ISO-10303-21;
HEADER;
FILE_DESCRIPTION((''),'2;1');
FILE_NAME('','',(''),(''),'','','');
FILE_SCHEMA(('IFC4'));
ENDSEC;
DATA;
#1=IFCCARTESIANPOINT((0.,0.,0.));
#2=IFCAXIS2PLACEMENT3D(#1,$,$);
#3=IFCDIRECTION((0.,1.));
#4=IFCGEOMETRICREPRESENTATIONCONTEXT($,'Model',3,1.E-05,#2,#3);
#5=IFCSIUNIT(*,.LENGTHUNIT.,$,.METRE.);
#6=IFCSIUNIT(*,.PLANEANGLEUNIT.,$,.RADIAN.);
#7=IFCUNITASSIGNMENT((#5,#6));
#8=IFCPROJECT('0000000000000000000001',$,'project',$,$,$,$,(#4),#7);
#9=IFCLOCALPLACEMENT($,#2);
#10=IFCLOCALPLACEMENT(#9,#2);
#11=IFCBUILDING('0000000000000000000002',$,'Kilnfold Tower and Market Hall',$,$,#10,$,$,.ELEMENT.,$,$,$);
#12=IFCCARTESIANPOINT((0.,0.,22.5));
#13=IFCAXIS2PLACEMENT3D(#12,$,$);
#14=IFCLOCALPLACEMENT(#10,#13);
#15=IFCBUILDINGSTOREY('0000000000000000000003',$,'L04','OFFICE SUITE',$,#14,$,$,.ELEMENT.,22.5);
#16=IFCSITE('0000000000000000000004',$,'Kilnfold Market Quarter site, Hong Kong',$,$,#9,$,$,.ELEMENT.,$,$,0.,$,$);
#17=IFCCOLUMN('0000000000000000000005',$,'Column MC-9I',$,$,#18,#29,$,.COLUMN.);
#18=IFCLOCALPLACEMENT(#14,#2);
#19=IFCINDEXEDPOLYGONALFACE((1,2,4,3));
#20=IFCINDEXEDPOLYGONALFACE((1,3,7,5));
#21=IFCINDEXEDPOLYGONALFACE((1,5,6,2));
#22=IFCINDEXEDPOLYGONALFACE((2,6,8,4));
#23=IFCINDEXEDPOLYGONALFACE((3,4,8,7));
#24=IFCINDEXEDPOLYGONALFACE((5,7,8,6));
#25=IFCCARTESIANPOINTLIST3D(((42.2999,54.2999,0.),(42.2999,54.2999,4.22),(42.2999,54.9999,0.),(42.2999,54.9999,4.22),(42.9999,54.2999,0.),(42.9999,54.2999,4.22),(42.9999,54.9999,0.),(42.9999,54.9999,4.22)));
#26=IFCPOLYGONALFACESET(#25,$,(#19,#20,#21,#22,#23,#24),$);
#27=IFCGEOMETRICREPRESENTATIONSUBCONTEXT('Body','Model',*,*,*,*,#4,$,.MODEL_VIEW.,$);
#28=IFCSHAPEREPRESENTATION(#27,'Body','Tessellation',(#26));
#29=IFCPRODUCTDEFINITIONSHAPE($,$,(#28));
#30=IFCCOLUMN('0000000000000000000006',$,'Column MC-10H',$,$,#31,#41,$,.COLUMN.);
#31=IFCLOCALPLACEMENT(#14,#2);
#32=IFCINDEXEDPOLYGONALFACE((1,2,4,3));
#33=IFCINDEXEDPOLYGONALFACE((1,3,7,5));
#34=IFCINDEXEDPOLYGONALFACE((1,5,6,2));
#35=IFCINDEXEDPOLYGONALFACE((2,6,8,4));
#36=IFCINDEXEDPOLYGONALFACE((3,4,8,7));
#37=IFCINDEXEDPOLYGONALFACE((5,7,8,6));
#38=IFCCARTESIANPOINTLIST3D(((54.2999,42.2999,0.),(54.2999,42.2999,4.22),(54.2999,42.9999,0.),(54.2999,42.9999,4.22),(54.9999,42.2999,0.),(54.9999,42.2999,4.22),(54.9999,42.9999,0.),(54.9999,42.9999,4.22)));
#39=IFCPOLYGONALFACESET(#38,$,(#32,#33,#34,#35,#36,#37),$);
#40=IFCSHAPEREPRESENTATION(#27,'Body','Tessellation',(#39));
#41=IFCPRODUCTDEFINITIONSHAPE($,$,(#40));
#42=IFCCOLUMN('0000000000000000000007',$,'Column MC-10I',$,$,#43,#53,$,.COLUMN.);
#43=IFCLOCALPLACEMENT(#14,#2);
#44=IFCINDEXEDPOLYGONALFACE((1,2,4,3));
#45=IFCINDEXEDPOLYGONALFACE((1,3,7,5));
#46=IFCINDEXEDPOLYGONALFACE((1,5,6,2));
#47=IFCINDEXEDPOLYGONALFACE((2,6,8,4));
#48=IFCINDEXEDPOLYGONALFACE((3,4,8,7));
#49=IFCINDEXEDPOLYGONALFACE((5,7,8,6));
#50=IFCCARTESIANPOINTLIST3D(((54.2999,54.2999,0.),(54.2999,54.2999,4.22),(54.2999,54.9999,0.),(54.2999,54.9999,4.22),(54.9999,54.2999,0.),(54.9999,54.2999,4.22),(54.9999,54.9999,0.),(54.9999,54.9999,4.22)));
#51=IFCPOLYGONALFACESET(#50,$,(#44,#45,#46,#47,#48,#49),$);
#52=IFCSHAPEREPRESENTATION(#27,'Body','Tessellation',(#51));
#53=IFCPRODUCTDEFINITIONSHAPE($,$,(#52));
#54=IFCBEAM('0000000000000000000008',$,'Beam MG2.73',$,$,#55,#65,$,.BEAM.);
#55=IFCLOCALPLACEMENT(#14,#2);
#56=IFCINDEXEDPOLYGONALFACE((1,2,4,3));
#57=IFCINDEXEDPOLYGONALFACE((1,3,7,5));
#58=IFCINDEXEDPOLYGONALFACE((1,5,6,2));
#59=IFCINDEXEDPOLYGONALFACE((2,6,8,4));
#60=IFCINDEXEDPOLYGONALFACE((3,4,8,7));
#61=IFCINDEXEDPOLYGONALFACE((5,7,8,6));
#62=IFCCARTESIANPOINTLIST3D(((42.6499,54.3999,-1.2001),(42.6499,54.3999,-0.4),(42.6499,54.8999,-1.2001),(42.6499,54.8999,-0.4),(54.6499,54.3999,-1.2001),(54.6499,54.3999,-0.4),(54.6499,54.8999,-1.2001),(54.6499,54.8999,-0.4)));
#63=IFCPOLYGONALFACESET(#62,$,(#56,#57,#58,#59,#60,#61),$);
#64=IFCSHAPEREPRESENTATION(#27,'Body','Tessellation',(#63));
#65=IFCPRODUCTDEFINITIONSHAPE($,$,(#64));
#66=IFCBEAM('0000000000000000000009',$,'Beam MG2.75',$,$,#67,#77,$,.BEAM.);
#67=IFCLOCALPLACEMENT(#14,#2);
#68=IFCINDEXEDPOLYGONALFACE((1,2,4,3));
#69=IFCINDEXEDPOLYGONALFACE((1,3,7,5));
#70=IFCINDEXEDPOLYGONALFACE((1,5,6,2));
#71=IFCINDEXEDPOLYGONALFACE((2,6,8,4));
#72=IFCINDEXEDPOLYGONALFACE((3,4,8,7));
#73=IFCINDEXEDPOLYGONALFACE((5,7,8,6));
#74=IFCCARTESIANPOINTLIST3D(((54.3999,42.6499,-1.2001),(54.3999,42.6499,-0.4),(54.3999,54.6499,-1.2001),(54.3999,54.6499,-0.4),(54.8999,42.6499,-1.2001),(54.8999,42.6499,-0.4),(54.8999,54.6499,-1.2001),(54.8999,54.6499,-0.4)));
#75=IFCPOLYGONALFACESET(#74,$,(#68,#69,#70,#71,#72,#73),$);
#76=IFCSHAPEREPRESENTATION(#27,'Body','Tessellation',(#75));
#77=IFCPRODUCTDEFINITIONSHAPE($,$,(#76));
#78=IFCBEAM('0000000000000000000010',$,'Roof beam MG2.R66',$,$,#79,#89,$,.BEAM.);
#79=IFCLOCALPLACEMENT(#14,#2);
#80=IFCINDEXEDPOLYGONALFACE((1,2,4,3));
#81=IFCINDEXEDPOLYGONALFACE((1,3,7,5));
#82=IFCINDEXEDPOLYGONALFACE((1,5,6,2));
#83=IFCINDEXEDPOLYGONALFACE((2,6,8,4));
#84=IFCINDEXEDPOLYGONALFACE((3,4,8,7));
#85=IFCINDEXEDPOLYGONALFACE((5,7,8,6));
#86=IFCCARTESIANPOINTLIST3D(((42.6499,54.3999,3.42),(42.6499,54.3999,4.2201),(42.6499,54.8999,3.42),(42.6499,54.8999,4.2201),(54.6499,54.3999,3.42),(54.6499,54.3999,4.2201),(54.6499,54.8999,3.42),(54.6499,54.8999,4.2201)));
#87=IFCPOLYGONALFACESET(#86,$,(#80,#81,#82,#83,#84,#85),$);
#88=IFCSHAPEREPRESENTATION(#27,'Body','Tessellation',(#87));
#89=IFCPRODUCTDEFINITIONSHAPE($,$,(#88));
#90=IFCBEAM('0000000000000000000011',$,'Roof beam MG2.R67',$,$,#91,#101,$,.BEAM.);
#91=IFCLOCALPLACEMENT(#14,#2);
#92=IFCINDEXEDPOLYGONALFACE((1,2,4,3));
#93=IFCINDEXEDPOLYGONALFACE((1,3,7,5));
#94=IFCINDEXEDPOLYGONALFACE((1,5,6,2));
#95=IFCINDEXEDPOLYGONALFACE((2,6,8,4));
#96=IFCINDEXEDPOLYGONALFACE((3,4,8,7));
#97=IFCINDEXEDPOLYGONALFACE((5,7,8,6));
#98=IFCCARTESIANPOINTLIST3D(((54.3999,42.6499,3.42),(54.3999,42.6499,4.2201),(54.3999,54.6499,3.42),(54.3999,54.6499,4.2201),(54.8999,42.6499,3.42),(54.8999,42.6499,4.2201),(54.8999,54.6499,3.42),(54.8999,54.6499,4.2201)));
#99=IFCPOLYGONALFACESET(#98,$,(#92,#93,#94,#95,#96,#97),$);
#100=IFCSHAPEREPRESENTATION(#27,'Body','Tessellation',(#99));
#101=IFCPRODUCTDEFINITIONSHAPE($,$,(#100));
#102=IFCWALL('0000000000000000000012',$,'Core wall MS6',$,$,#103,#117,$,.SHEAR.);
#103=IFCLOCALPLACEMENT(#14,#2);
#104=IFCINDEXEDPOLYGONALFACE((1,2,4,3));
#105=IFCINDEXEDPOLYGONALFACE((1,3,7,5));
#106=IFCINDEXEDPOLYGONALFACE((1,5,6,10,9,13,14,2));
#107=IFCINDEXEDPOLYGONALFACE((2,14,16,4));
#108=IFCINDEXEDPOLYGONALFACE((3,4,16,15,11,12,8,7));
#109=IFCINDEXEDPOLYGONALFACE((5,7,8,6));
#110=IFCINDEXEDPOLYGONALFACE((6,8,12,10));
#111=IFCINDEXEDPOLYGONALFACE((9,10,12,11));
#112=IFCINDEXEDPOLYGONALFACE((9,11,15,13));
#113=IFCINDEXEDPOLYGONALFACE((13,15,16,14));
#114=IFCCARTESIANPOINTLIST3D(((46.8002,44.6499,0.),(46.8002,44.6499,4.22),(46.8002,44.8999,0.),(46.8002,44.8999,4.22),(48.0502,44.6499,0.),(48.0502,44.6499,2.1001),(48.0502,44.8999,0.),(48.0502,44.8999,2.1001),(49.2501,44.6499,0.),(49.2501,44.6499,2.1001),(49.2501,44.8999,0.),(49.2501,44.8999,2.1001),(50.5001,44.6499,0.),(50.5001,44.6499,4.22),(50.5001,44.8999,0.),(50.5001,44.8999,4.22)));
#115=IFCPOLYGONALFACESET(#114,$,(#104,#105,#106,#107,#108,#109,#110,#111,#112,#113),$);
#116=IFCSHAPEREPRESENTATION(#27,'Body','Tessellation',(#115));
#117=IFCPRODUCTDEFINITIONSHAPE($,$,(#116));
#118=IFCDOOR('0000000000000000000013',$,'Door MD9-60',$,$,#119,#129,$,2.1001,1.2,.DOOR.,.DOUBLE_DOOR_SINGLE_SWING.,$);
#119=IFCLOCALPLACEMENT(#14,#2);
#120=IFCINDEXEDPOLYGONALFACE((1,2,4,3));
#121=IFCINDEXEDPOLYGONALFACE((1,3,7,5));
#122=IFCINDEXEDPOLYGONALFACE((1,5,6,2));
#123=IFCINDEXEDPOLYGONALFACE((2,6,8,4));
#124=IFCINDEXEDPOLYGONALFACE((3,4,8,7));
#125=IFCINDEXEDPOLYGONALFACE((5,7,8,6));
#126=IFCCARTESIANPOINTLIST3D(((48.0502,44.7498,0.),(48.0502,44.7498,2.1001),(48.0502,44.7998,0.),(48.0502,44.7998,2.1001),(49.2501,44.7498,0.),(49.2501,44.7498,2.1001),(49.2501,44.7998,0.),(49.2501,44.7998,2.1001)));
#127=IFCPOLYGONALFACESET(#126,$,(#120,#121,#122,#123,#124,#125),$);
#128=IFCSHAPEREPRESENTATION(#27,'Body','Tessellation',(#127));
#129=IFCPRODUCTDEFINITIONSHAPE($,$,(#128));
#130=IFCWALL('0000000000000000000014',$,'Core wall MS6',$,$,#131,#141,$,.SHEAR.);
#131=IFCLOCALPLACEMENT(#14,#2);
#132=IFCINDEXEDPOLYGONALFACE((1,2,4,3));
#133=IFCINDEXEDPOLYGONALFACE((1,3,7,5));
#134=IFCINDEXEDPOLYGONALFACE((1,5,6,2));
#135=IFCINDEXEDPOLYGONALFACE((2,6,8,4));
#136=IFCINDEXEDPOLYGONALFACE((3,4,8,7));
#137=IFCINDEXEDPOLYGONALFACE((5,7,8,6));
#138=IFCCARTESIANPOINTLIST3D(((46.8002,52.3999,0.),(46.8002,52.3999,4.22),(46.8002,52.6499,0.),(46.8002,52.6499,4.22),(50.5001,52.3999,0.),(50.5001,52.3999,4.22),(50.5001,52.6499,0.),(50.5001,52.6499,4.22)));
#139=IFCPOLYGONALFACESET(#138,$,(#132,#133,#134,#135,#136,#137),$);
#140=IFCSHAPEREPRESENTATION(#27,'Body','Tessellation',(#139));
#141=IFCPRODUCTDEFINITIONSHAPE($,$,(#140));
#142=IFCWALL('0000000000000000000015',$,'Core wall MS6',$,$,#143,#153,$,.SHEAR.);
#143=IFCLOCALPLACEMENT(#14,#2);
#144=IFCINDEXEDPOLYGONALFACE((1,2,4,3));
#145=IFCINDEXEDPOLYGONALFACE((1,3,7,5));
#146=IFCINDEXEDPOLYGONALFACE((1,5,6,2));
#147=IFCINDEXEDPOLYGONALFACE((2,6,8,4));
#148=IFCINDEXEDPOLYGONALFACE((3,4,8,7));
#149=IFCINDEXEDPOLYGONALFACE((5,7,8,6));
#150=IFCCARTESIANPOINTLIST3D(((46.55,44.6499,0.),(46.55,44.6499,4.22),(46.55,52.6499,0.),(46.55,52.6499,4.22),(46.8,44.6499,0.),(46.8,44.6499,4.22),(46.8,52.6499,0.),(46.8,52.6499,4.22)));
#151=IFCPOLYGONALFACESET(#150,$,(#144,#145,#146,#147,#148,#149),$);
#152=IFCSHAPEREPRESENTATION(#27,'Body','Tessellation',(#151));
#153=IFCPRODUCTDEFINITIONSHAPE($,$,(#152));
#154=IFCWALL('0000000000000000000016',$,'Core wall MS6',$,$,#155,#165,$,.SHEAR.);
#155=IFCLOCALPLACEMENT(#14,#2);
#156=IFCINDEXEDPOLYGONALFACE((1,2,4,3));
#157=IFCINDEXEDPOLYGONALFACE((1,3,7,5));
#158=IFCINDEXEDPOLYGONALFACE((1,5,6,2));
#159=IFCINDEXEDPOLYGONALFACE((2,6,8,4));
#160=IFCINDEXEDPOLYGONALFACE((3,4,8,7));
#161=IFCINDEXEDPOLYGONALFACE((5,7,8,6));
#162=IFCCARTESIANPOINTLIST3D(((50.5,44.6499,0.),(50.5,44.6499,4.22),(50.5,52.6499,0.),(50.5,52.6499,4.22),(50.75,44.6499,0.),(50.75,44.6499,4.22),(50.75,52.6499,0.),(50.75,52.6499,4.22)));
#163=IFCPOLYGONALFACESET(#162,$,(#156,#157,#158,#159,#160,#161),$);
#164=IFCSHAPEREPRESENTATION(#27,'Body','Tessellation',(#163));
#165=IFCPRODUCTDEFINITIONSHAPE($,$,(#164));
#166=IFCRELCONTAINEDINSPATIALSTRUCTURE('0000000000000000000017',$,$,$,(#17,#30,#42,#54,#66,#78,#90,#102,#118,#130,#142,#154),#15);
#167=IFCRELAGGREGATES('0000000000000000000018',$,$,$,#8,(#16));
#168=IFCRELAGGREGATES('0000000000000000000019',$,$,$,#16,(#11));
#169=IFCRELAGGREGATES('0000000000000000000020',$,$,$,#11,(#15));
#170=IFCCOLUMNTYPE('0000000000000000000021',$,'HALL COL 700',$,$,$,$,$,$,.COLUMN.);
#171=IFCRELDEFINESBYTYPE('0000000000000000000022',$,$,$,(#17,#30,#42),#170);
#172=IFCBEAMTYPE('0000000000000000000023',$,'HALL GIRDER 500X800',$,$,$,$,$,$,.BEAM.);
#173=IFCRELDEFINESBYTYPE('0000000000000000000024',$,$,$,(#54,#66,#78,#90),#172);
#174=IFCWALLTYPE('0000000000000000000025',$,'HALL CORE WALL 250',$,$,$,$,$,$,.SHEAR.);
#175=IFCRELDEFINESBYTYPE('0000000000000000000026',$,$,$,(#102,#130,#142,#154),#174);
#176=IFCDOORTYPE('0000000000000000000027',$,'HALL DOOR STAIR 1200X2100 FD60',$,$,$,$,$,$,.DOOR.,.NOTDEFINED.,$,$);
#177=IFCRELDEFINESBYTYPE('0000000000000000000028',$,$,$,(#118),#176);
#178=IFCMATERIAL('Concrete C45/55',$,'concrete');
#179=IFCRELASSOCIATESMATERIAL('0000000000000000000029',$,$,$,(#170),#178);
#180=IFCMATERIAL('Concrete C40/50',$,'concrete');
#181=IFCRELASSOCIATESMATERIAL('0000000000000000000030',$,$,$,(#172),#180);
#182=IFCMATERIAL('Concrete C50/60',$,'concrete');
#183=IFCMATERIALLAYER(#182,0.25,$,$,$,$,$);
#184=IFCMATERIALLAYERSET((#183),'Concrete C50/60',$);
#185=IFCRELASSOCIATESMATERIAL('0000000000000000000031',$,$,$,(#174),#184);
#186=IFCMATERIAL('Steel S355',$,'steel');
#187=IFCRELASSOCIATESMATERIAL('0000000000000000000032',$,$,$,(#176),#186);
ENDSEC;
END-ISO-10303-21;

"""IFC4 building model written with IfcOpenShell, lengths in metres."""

from ifc_helpers import new_model, si_unit, direction, frame, frame_2d, origin, origin_2d, place, context, subcontext, project, spatial, rectangle, extrude, source, transform, mapped, material, layer, layer_set, material_profile, profile_set, type_object, element, fill, save


model = new_model("IFC4")

# Units and contexts
model_context = context("Model", 3, precision=1e-05, world=origin(), true_north=direction((0.0, 1.0)))
body_context = subcontext(model_context, "Body", "Model", "MODEL_VIEW")
ifc_project = project(units=[si_unit("LENGTHUNIT", "METRE"), si_unit("PLANEANGLEUNIT", "RADIAN")], contexts=[model_context])

# Site, building, storey
site_placement = place(None, origin())
site = spatial("IfcSite", under=ifc_project, at=site_placement, Name="Kilnfold Market Quarter site, Hong Kong", CompositionType="ELEMENT", RefElevation=0.0)
building_placement = place(site_placement, origin())
building = spatial("IfcBuilding", under=site, at=building_placement, Name="Kilnfold Tower and Market Hall", CompositionType="ELEMENT")
storey_placement = place(building_placement, frame((0.0, 0.0, 22.5)))
storey = spatial("IfcBuildingStorey", under=building, at=storey_placement, Name="L04", Description="OFFICE SUITE", CompositionType="ELEMENT", Elevation=22.5)

# Columns
ifc_material_1 = material(Name="Concrete C45/55", Category="concrete")
ifc_material_profile_1 = material_profile(ifc_material_1, rectangle(XDim=0.7, YDim=0.7, at=origin_2d()), Name="RC 700x700")
ifc_profile_set_1 = profile_set([ifc_material_profile_1], Name="Concrete C45/55")
column_type = type_object("IfcColumnType", Name="HALL COL 700", PredefinedType="COLUMN", material=ifc_profile_set_1)
shared_shape_1 = source(origin(), body_context, "Body", "SweptSolid", [
    extrude(rectangle(XDim=0.7, YDim=0.7, at=origin_2d()), origin(), (0.0, 0.0, 1.0), 4.22),
])
for number, where, z_axis, x_axis, name in (
    (1, (42.6499, 54.6499, 0.0), (0.0, 0.0, 1.0), (1.0, 0.0, 0.0), "Column MC-9I"),
    (2, (54.6499, 42.6499, 0.0), (0.0, 0.0, 1.0), (1.0, 0.0, 0.0), "Column MC-10H"),
    (3, (54.6499, 54.6499, 0.0), (0.0, 0.0, 1.0), (1.0, 0.0, 0.0), "Column MC-10I"),
):
    element("IfcColumn", number, at=place(storey_placement, frame(where, z_axis=z_axis, x_axis=x_axis)), inside=storey, type_object=column_type, Name=name, PredefinedType="COLUMN", context=body_context, shape_type="MappedRepresentation", body=[
        mapped(shared_shape_1, transform((0.0, 0.0, 0.0))),
    ])

# Beams
ifc_material_2 = material(Name="Concrete C40/50", Category="concrete")
ifc_material_profile_2 = material_profile(ifc_material_2, rectangle(XDim=0.5, YDim=0.8, at=origin_2d()), Name="RC 500x800")
ifc_profile_set_2 = profile_set([ifc_material_profile_2], Name="Concrete C40/50")
beam_type = type_object("IfcBeamType", Name="HALL GIRDER 500X800", PredefinedType="BEAM", material=ifc_profile_set_2)
for number, where, z_axis, x_axis, name in (
    (4, (42.6499, 54.6499, -0.8), (1.0, 0.0, 0.0), (0.0, 1.0, 0.0), "Beam MG2.73"),
    (5, (54.6499, 42.6499, -0.8), (0.0, 1.0, 0.0), (-1.0, 0.0, 0.0), "Beam MG2.75"),
    (6, (42.6499, 54.6499, 3.8201), (1.0, 0.0, 0.0), (0.0, 1.0, 0.0), "Roof beam MG2.R66"),
    (7, (54.6499, 42.6499, 3.8201), (0.0, 1.0, 0.0), (-1.0, 0.0, 0.0), "Roof beam MG2.R67"),
):
    element("IfcBeam", number, at=place(storey_placement, frame(where, z_axis=z_axis, x_axis=x_axis)), inside=storey, type_object=beam_type, Name=name, PredefinedType="BEAM", context=body_context, shape_type="SweptSolid", body=[
        extrude(rectangle(XDim=0.5, YDim=0.8, at=origin_2d()), origin(), (0.0, 0.0, 1.0), 12.0),
    ])

# Wall, opening, door
ifc_material_3 = material(Name="Concrete C50/60", Category="concrete")
ifc_layer_1 = layer(ifc_material_3, 0.25)
ifc_layer_set_1 = layer_set([ifc_layer_1], Name="Concrete C50/60")
wall_type_1 = type_object("IfcWallType", Name="HALL CORE WALL 250", PredefinedType="SHEAR", material=ifc_layer_set_1)
shared_shape_2 = source(origin(), body_context, "Body", "SweptSolid", [
    extrude(rectangle(XDim=3.7, YDim=0.25, at=frame_2d((1.8501, 0.0))), origin(), (0.0, 0.0, 1.0), 4.22),
])
wall_1_placement = place(storey_placement, frame((46.8, 44.7749, 0.0), z_axis=(0.0, 0.0, 1.0), x_axis=(1.0, 0.0, 0.0)))
wall_1 = element("IfcWall", 8, at=wall_1_placement, inside=storey, type_object=wall_type_1, Name="Core wall MS6", PredefinedType="SHEAR", context=body_context, shape_type="MappedRepresentation", body=[
    mapped(shared_shape_2, transform((0.0, 0.0, 0.0))),
])
opening_1_placement = place(wall_1_placement, frame((1.25, 0.0, 0.0)))
opening_1 = element("IfcOpeningElement", 9, at=opening_1_placement, cuts=wall_1, PredefinedType="OPENING", context=body_context, shape_type="SweptSolid", body=[
    extrude(rectangle(XDim=1.2, YDim=2.1001, at=frame_2d((0.6001, 1.05))), frame((0.0, 0.135, 0.0), z_axis=(0.0, -1.0, 0.0), x_axis=(1.0, 0.0, 0.0)), (0.0, 0.0, 1.0), 0.27),
])
ifc_material_4 = material(Name="Steel S355", Category="steel")
door_type_1 = type_object("IfcDoorType", Name="HALL DOOR STAIR 1200X2100 FD60", OperationType="NOTDEFINED", PredefinedType="DOOR", material=ifc_material_4)
door_1_placement = place(opening_1_placement, origin())
door_1 = element("IfcDoor", 10, at=door_1_placement, inside=storey, type_object=door_type_1, Name="Door MD9-60", OperationType="DOUBLE_DOOR_SINGLE_SWING", OverallHeight=2.1001, OverallWidth=1.2, PredefinedType="DOOR", context=body_context, shape_type="SweptSolid", body=[
    extrude(rectangle(XDim=1.2, YDim=2.1001, at=frame_2d((0.6001, 1.05))), frame((0.0, 0.0249, 0.0), z_axis=(0.0, -1.0, 0.0), x_axis=(1.0, 0.0, 0.0)), (0.0, 0.0, 1.0), 0.05),
])
fill(opening_1, door_1)

# Walls
wall_2_placement = place(storey_placement, frame((46.8, 52.5249, 0.0), z_axis=(0.0, 0.0, 1.0), x_axis=(1.0, 0.0, 0.0)))
element("IfcWall", 11, at=wall_2_placement, inside=storey, type_object=wall_type_1, Name="Core wall MS6", PredefinedType="SHEAR", context=body_context, shape_type="MappedRepresentation", body=[
    mapped(shared_shape_2, transform((0.0, 0.0, 0.0))),
])
shared_shape_3 = source(origin(), body_context, "Body", "SweptSolid", [
    extrude(rectangle(XDim=8.0, YDim=0.25, at=frame_2d((4.0, 0.0))), origin(), (0.0, 0.0, 1.0), 4.22),
])
for number, where, z_axis, x_axis, name in (
    (12, (46.675, 44.6499, 0.0), (0.0, 0.0, 1.0), (0.0, 1.0, 0.0), "Core wall MS6"),
    (13, (50.625, 44.6499, 0.0), (0.0, 0.0, 1.0), (0.0, 1.0, 0.0), "Core wall MS6"),
):
    element("IfcWall", number, at=place(storey_placement, frame(where, z_axis=z_axis, x_axis=x_axis)), inside=storey, type_object=wall_type_1, Name=name, PredefinedType="SHEAR", context=body_context, shape_type="MappedRepresentation", body=[
        mapped(shared_shape_3, transform((0.0, 0.0, 0.0))),
    ])

save(model, "model.ifc")
